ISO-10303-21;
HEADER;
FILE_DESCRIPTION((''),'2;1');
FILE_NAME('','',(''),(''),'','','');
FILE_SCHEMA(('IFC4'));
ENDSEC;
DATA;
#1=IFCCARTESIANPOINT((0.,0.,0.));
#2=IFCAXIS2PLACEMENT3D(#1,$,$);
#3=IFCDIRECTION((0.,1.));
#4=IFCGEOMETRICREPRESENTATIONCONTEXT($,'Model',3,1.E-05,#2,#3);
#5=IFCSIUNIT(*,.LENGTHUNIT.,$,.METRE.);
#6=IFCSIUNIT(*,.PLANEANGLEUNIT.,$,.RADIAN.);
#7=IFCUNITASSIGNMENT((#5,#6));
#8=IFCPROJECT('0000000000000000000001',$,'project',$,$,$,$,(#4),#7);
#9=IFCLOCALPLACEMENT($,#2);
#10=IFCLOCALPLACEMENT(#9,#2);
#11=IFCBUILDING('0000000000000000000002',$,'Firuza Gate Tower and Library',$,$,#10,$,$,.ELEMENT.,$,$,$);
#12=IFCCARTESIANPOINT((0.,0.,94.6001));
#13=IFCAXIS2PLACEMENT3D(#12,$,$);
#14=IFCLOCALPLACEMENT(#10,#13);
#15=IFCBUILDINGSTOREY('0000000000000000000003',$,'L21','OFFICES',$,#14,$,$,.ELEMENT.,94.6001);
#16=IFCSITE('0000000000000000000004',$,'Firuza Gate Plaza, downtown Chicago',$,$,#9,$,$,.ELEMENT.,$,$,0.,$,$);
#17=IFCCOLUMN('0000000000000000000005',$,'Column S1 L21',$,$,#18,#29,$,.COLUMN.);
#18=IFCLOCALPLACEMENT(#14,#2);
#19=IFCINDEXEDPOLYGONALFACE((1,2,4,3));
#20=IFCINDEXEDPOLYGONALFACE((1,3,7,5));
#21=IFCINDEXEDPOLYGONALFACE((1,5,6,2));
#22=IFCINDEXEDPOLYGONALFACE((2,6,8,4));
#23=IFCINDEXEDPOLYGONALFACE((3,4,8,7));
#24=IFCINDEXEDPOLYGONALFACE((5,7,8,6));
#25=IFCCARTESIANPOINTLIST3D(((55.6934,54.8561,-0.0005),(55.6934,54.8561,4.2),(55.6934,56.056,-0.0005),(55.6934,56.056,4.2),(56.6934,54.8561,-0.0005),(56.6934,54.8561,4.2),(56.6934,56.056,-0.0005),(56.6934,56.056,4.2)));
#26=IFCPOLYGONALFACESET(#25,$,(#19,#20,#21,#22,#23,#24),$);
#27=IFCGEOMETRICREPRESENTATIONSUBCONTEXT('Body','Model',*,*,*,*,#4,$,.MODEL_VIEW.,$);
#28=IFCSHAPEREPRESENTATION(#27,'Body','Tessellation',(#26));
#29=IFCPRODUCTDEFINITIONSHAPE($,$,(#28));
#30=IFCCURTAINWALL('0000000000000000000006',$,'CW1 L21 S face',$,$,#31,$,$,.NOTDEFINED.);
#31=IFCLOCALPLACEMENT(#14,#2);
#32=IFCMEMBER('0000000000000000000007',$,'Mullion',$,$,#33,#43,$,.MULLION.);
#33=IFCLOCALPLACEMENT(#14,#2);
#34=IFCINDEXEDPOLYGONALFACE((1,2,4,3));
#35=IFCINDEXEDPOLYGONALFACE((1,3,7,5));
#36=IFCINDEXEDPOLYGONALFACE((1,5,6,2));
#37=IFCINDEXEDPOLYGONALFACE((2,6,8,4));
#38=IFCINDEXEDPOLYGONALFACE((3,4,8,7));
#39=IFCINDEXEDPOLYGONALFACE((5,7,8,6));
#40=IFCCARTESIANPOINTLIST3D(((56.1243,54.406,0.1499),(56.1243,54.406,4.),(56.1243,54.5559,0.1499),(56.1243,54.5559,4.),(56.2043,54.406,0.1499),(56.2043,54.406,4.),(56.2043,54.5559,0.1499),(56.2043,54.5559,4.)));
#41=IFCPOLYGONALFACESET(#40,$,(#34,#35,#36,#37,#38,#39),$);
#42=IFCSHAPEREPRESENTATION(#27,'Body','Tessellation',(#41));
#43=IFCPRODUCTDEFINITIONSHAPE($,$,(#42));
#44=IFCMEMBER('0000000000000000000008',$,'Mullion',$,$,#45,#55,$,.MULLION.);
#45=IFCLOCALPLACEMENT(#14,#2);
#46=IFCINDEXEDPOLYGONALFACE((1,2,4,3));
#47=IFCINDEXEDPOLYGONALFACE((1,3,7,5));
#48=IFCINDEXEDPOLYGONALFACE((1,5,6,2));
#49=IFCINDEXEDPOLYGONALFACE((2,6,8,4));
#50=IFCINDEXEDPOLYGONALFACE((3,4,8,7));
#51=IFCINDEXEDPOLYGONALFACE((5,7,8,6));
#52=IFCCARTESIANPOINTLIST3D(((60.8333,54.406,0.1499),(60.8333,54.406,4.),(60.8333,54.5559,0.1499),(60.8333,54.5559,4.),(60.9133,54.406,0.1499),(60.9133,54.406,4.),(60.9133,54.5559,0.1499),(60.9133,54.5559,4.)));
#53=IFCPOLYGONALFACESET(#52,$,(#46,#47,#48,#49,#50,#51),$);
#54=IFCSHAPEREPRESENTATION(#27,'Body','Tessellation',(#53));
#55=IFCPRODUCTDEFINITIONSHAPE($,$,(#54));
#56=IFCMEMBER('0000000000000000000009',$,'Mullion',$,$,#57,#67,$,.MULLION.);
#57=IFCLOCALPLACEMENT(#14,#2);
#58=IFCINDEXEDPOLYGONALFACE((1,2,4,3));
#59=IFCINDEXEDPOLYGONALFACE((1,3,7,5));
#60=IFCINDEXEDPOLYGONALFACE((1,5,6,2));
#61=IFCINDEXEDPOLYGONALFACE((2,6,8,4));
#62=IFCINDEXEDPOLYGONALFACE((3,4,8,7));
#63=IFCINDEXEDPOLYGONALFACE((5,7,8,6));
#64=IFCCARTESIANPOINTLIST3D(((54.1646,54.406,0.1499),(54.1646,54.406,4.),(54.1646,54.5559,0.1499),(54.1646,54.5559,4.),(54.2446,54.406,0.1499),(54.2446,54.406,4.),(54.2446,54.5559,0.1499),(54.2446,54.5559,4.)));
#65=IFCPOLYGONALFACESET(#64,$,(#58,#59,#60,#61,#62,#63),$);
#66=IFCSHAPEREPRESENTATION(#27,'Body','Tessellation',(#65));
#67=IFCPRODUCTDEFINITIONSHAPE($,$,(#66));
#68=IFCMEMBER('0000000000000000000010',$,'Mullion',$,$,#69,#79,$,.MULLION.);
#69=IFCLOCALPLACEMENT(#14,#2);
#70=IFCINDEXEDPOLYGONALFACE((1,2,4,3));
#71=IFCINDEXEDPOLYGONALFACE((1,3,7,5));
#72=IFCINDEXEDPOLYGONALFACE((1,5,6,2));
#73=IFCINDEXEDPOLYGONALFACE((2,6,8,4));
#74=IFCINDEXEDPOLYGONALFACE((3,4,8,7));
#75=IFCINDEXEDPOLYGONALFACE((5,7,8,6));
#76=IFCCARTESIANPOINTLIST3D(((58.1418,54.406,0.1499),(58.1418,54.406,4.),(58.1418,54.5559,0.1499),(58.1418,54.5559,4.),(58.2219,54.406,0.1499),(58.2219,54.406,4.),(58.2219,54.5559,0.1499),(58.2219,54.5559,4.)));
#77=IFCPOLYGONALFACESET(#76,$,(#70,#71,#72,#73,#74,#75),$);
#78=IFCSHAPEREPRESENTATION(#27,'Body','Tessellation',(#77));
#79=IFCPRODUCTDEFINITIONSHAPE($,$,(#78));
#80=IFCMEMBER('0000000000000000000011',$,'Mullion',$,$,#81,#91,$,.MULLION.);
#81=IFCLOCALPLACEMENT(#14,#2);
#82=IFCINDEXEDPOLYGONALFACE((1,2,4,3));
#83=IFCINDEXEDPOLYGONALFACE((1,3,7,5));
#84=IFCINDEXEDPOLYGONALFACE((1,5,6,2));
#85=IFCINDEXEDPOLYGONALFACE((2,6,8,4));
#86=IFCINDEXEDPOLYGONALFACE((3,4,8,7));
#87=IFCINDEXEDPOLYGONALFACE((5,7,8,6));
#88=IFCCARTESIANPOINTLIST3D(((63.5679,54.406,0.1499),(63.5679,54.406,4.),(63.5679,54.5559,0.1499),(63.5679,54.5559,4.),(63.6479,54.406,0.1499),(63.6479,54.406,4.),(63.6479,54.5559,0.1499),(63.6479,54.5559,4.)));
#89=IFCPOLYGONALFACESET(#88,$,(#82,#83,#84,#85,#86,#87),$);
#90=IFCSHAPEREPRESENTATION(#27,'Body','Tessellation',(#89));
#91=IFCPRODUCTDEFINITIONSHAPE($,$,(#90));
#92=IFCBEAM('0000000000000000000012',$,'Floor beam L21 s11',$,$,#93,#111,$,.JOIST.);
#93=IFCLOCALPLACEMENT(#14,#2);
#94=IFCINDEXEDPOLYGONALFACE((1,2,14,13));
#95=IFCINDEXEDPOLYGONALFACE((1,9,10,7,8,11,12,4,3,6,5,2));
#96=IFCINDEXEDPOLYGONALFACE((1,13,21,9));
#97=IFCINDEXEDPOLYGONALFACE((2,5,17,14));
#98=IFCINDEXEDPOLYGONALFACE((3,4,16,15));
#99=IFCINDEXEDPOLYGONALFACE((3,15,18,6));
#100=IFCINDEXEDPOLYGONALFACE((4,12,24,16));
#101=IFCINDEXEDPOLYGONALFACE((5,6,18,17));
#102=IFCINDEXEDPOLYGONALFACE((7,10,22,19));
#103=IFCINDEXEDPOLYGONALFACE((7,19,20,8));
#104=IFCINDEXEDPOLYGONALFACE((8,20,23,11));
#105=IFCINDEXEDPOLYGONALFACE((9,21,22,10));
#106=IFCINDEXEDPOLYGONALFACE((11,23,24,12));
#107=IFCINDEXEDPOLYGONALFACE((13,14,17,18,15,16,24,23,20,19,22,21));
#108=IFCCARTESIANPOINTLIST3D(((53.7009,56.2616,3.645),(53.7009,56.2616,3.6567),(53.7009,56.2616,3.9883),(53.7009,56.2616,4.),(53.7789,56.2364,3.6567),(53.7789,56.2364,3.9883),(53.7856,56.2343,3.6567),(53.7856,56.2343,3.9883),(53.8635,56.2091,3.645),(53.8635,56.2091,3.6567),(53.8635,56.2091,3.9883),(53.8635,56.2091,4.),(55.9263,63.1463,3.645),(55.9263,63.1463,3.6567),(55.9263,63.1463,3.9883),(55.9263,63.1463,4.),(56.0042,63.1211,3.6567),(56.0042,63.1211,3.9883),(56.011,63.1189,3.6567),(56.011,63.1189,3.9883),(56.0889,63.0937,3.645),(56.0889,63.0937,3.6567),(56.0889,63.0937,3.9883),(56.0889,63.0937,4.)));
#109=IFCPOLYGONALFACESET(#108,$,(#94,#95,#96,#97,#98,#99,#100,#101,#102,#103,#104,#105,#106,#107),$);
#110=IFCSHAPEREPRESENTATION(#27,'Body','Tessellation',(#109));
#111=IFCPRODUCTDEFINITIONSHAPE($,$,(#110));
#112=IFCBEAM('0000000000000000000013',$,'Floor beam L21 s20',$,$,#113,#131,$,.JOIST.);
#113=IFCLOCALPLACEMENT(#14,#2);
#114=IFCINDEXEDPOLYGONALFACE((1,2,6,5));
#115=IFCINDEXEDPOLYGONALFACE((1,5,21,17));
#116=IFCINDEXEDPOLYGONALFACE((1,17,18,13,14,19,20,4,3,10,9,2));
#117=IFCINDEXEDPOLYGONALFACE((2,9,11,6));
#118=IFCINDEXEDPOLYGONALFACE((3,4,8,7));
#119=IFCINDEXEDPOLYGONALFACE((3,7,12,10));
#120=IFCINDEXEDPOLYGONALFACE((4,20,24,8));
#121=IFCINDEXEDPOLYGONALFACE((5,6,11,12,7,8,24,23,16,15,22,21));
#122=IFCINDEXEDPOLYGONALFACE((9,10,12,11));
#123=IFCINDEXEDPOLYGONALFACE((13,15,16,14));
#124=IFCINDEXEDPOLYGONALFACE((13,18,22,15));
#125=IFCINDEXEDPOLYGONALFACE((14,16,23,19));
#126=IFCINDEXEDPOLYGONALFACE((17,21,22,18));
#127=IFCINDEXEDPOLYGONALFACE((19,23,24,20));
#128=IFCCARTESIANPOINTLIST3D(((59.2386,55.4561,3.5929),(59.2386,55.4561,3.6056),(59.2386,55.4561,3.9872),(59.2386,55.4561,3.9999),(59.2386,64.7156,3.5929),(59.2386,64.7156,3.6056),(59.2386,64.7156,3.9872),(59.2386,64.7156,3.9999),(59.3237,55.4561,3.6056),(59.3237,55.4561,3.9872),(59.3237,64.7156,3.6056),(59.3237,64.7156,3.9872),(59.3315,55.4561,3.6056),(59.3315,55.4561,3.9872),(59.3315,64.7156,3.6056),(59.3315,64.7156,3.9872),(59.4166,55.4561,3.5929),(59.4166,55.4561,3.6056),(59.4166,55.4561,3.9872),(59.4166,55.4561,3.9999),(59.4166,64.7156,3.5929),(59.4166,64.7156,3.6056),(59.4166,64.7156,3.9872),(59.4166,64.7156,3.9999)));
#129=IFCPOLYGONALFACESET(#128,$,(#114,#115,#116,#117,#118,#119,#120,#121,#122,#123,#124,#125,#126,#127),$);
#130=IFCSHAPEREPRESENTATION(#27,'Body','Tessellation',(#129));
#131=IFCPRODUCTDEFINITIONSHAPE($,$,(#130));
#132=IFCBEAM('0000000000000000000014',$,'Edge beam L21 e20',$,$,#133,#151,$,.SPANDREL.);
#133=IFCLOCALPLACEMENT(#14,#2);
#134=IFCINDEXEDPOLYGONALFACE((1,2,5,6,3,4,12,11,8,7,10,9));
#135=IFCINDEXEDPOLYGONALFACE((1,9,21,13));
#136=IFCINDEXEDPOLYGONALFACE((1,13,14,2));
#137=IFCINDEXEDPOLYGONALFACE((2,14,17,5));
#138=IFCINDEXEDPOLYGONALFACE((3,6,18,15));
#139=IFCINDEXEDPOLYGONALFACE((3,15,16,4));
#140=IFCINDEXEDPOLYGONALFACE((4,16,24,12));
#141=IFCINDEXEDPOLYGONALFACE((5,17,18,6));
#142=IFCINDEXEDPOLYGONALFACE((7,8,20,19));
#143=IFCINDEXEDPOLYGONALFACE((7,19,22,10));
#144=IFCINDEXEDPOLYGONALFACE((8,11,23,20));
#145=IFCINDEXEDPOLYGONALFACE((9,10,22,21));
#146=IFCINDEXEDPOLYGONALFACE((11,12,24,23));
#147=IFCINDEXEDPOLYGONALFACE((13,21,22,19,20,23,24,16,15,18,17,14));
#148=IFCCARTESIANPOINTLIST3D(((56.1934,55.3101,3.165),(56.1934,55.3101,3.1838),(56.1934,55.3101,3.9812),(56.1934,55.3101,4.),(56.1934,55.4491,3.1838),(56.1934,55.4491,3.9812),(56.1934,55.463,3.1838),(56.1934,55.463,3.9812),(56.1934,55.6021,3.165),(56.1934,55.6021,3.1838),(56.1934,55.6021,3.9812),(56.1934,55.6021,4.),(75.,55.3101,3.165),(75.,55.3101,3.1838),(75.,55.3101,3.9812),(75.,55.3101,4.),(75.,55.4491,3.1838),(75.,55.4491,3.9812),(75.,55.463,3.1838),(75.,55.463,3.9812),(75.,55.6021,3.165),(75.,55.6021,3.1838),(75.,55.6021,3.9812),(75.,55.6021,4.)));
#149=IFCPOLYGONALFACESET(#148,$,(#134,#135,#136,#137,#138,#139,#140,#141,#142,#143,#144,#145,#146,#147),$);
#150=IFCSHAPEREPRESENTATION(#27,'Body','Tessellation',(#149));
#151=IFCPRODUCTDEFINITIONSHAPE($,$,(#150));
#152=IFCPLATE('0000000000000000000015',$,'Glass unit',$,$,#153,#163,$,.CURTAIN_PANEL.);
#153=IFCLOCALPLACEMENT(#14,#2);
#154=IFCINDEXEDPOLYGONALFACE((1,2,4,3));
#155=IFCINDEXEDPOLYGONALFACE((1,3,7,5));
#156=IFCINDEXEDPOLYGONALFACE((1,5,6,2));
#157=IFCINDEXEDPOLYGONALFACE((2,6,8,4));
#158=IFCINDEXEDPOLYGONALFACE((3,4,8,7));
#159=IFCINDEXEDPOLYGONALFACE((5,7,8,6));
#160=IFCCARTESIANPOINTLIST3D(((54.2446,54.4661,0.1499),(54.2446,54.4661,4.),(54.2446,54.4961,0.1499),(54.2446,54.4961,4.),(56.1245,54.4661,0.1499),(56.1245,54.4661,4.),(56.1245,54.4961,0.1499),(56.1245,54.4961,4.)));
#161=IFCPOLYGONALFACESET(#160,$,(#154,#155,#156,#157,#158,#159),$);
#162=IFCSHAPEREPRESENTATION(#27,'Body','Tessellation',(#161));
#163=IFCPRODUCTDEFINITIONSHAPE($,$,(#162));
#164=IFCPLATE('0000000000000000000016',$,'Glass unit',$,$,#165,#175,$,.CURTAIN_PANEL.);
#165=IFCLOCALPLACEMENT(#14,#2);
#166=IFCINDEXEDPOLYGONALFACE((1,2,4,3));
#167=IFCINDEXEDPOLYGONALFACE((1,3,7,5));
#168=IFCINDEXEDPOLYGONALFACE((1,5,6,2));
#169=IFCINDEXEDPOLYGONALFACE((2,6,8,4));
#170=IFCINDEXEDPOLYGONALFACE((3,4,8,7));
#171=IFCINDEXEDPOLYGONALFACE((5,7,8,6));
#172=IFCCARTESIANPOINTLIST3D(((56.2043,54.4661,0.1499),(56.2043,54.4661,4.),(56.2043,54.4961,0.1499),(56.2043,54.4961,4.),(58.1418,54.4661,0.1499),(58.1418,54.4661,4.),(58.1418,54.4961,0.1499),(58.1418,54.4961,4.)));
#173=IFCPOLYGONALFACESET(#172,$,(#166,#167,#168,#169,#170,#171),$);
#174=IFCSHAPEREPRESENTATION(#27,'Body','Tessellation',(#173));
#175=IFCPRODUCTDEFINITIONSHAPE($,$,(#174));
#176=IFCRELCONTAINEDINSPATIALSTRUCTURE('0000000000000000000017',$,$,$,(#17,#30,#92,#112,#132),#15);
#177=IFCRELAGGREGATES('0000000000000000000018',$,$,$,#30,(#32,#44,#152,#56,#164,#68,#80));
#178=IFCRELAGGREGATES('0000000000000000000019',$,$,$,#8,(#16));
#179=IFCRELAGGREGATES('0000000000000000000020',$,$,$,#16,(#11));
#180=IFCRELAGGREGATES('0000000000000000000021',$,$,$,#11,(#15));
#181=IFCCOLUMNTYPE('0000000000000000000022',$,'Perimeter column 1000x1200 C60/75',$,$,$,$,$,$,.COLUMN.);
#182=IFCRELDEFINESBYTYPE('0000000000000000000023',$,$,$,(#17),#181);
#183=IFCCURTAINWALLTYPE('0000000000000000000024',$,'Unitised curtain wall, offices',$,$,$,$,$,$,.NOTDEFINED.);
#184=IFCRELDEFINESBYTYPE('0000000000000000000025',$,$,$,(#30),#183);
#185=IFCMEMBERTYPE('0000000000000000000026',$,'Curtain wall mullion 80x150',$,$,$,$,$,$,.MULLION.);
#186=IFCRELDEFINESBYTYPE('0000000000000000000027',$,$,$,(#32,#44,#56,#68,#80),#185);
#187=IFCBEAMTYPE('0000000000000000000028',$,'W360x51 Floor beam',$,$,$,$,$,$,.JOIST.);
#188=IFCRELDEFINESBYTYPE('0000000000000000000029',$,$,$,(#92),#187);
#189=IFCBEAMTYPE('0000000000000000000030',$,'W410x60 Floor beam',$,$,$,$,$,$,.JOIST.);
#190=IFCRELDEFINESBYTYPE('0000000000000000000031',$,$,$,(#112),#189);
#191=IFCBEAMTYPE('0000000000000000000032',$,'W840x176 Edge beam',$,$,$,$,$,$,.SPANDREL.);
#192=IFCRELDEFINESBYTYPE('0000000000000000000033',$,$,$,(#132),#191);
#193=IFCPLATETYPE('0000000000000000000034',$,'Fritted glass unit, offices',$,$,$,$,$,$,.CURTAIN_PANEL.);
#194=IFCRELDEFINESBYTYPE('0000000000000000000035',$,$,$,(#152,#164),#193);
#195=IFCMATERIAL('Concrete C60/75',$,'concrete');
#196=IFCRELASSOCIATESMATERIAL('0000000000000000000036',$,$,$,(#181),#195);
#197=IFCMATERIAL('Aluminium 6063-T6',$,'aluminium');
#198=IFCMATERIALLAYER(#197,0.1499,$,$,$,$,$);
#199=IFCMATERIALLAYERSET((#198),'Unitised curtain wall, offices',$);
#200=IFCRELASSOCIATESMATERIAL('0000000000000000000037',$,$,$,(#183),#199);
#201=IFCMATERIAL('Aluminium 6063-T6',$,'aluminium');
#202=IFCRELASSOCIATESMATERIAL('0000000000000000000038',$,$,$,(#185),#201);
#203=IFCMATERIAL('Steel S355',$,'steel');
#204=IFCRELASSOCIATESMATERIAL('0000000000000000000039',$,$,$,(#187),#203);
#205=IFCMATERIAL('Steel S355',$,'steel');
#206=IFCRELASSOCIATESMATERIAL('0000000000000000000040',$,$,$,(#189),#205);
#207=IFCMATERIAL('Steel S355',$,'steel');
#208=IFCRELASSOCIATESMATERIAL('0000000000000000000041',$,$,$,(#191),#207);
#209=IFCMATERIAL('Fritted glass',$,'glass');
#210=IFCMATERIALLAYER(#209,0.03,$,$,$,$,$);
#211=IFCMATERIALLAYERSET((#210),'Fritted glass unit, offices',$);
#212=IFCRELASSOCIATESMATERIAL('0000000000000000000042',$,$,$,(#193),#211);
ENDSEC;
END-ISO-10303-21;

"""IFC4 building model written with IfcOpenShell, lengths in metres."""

from ifc_helpers import new_model, si_unit, direction, frame, origin, origin_2d, place, context, subcontext, project, spatial, polyline, rectangle, i_section, outline, extrude, material, layer, layer_set, material_profile, profile_set, type_object, element, aggregate, save


model = new_model("IFC4")

# Units and contexts
model_context = context("Model", 3, precision=1e-05, world=origin(), true_north=direction((0.0, 1.0)))
body_context = subcontext(model_context, "Body", "Model", "MODEL_VIEW")
ifc_project = project(units=[si_unit("LENGTHUNIT", "METRE"), si_unit("PLANEANGLEUNIT", "RADIAN")], contexts=[model_context])

# Site, building, storey
site_placement = place(None, origin())
site = spatial("IfcSite", under=ifc_project, at=site_placement, Name="Firuza Gate Plaza, downtown Chicago", CompositionType="ELEMENT", RefElevation=0.0)
building_placement = place(site_placement, origin())
building = spatial("IfcBuilding", under=site, at=building_placement, Name="Firuza Gate Tower and Library", CompositionType="ELEMENT")
storey_placement = place(building_placement, frame((0.0, 0.0, 94.6001)))
storey = spatial("IfcBuildingStorey", under=building, at=storey_placement, Name="L21", Description="OFFICES", CompositionType="ELEMENT", Elevation=94.6001)

# Column
ifc_material_1 = material(Name="Concrete C60/75", Category="concrete")
ifc_material_profile_1 = material_profile(ifc_material_1, rectangle(XDim=1.0, YDim=1.2, at=origin_2d()))
ifc_profile_set_1 = profile_set([ifc_material_profile_1], Name="Concrete C60/75")
column_type = type_object("IfcColumnType", Name="Perimeter column 1000x1200 C60/75", PredefinedType="COLUMN", material=ifc_profile_set_1)
column_placement = place(storey_placement, frame((56.1934, 55.4561, -0.0005), z_axis=(0.0, 0.0, 1.0), x_axis=(1.0, 0.0, 0.0)))
element("IfcColumn", 1, at=column_placement, inside=storey, type_object=column_type, Name="Column S1 L21", PredefinedType="COLUMN", context=body_context, shape_type="SweptSolid", body=[
    extrude(rectangle(XDim=1.0, YDim=1.2, at=origin_2d()), origin(), (0.0, 0.0, 1.0), 4.2004),
])

# Curtain wall, members
ifc_material_2 = material(Name="Aluminium 6063-T6", Category="aluminium")
ifc_layer_1 = layer(ifc_material_2, 0.1499)
ifc_layer_set_1 = layer_set([ifc_layer_1], Name="Unitised curtain wall, offices")
curtain_wall_type = type_object("IfcCurtainWallType", Name="Unitised curtain wall, offices", PredefinedType="NOTDEFINED", material=ifc_layer_set_1)
curtain_wall_placement = place(storey_placement, origin())
curtain_wall = element("IfcCurtainWall", 2, at=curtain_wall_placement, inside=storey, type_object=curtain_wall_type, Name="CW1 L21 S face", PredefinedType="NOTDEFINED")
ifc_material_3 = material(Name="Aluminium 6063-T6", Category="aluminium")
ifc_material_profile_2 = material_profile(ifc_material_3, rectangle(XDim=0.1499, YDim=0.0801, at=origin_2d()))
ifc_profile_set_2 = profile_set([ifc_material_profile_2], Name="Aluminium 6063-T6")
member_type = type_object("IfcMemberType", Name="Curtain wall mullion 80x150", PredefinedType="MULLION", material=ifc_profile_set_2)
member_1_placement = place(storey_placement, frame((56.1643, 54.481, 0.1499), z_axis=(0.0, 0.0, 1.0), x_axis=(0.0, 1.0, 0.0)))
member_1 = element("IfcMember", 3, at=member_1_placement, type_object=member_type, Name="Mullion", PredefinedType="MULLION", context=body_context, shape_type="SweptSolid", body=[
    extrude(rectangle(XDim=0.1499, YDim=0.0801, at=origin_2d()), origin(), (0.0, 0.0, 1.0), 3.8501),
])
member_2_placement = place(storey_placement, frame((60.8733, 54.481, 0.1499), z_axis=(0.0, 0.0, 1.0), x_axis=(0.0, 1.0, 0.0)))
member_2 = element("IfcMember", 4, at=member_2_placement, type_object=member_type, Name="Mullion", PredefinedType="MULLION", context=body_context, shape_type="SweptSolid", body=[
    extrude(rectangle(XDim=0.1499, YDim=0.0801, at=origin_2d()), origin(), (0.0, 0.0, 1.0), 3.8501),
])
member_3_placement = place(storey_placement, frame((54.2046, 54.481, 0.1499), z_axis=(0.0, 0.0, 1.0), x_axis=(0.0, 1.0, 0.0)))
member_3 = element("IfcMember", 5, at=member_3_placement, type_object=member_type, Name="Mullion", PredefinedType="MULLION", context=body_context, shape_type="SweptSolid", body=[
    extrude(rectangle(XDim=0.1499, YDim=0.0801, at=origin_2d()), origin(), (0.0, 0.0, 1.0), 3.8501),
])
member_4_placement = place(storey_placement, frame((58.1819, 54.481, 0.1499), z_axis=(0.0, 0.0, 1.0), x_axis=(0.0, 1.0, 0.0)))
member_4 = element("IfcMember", 6, at=member_4_placement, type_object=member_type, Name="Mullion", PredefinedType="MULLION", context=body_context, shape_type="SweptSolid", body=[
    extrude(rectangle(XDim=0.1499, YDim=0.0801, at=origin_2d()), origin(), (0.0, 0.0, 1.0), 3.8501),
])
member_5_placement = place(storey_placement, frame((63.6079, 54.481, 0.1499), z_axis=(0.0, 0.0, 1.0), x_axis=(0.0, 1.0, 0.0)))
member_5 = element("IfcMember", 7, at=member_5_placement, type_object=member_type, Name="Mullion", PredefinedType="MULLION", context=body_context, shape_type="SweptSolid", body=[
    extrude(rectangle(XDim=0.1499, YDim=0.0801, at=origin_2d()), origin(), (0.0, 0.0, 1.0), 3.8501),
])

# Beams
ifc_material_4 = material(Name="Steel S355", Category="steel")
ifc_material_profile_3 = material_profile(ifc_material_4, i_section(OverallWidth=0.1709, OverallDepth=0.355, WebThickness=0.0071, FlangeThickness=0.0117, at=origin_2d()))
ifc_profile_set_3 = profile_set([ifc_material_profile_3], Name="Steel S355")
beam_type_1 = type_object("IfcBeamType", Name="W360x51 Floor beam", PredefinedType="JOIST", material=ifc_profile_set_3)
beam_1_placement = place(storey_placement, frame((53.7822, 56.2354, 3.8225), z_axis=(0.30757, 0.951526, 0.0), x_axis=(-0.951526, 0.30757, 0.0)))
element("IfcBeam", 8, at=beam_1_placement, inside=storey, type_object=beam_type_1, Name="Floor beam L21 s11", PredefinedType="JOIST", context=body_context, shape_type="SweptSolid", body=[
    extrude(i_section(OverallWidth=0.1709, OverallDepth=0.355, WebThickness=0.0071, FlangeThickness=0.0117, at=origin_2d()), origin(), (0.0, 0.0, 1.0), 7.2354),
])
ifc_material_5 = material(Name="Steel S355", Category="steel")
ifc_material_profile_4 = material_profile(ifc_material_5, i_section(OverallWidth=0.178, OverallDepth=0.407, WebThickness=0.0078, FlangeThickness=0.0127, at=origin_2d()))
ifc_profile_set_4 = profile_set([ifc_material_profile_4], Name="Steel S355")
beam_type_2 = type_object("IfcBeamType", Name="W410x60 Floor beam", PredefinedType="JOIST", material=ifc_profile_set_4)
beam_2_placement = place(storey_placement, frame((59.3276, 55.4561, 3.7964), z_axis=(0.0, 1.0, 0.0), x_axis=(-1.0, 0.0, 0.0)))
element("IfcBeam", 9, at=beam_2_placement, inside=storey, type_object=beam_type_2, Name="Floor beam L21 s20", PredefinedType="JOIST", context=body_context, shape_type="SweptSolid", body=[
    extrude(i_section(OverallWidth=0.178, OverallDepth=0.407, WebThickness=0.0078, FlangeThickness=0.0127, at=origin_2d()), origin(), (0.0, 0.0, 1.0), 9.2595),
])
ifc_material_6 = material(Name="Steel S355", Category="steel")
ifc_material_profile_5 = material_profile(ifc_material_6, i_section(OverallWidth=0.292, OverallDepth=0.835, WebThickness=0.0139, FlangeThickness=0.0188, at=origin_2d()))
ifc_profile_set_5 = profile_set([ifc_material_profile_5], Name="Steel S355")
beam_type_3 = type_object("IfcBeamType", Name="W840x176 Edge beam", PredefinedType="SPANDREL", material=ifc_profile_set_5)
beam_3_placement = place(storey_placement, frame((56.1934, 55.4561, 3.5825), z_axis=(1.0, 0.0, 0.0), x_axis=(0.0, 1.0, 0.0)))
element("IfcBeam", 10, at=beam_3_placement, inside=storey, type_object=beam_type_3, Name="Edge beam L21 e20", PredefinedType="SPANDREL", context=body_context, shape_type="SweptSolid", body=[
    extrude(i_section(OverallWidth=0.292, OverallDepth=0.835, WebThickness=0.0139, FlangeThickness=0.0188, at=origin_2d()), origin(), (0.0, 0.0, 1.0), 18.8066),
])

# Plates
ifc_material_7 = material(Name="Fritted glass", Category="glass")
ifc_layer_2 = layer(ifc_material_7, 0.03)
ifc_layer_set_2 = layer_set([ifc_layer_2], Name="Fritted glass unit, offices")
plate_type_1 = type_object("IfcPlateType", Name="Fritted glass unit, offices", PredefinedType="CURTAIN_PANEL", material=ifc_layer_set_2)
plate_1_placement = place(storey_placement, frame((54.2446, 54.4661, 0.1499), z_axis=(0.0, -1.0, 0.0), x_axis=(1.0, 0.0, 0.0)))
plate_1 = element("IfcPlate", 11, at=plate_1_placement, type_object=plate_type_1, Name="Glass unit", PredefinedType="CURTAIN_PANEL", context=body_context, shape_type="SweptSolid", body=[
    extrude(outline(polyline([(0.0, 0.0), (1.8799, 0.0), (1.8799, 3.8501), (0.0, 3.8501), (0.0, 0.0)])), origin(), (0.0, 0.0, -1.0), 0.03),
])
plate_2_placement = place(storey_placement, frame((56.2043, 54.4661, 0.1499), z_axis=(0.0, -1.0, 0.0), x_axis=(1.0, 0.0, 0.0)))
plate_2 = element("IfcPlate", 12, at=plate_2_placement, type_object=plate_type_1, Name="Glass unit", PredefinedType="CURTAIN_PANEL", context=body_context, shape_type="SweptSolid", body=[
    extrude(outline(polyline([(0.0, 0.0), (1.9375, 0.0), (1.9375, 3.8501), (0.0, 3.8501), (0.0, 0.0)])), origin(), (0.0, 0.0, -1.0), 0.03),
])
aggregate(curtain_wall, [member_1, member_2, plate_1, member_3, plate_2, member_4, member_5])

save(model, "model.ifc")
